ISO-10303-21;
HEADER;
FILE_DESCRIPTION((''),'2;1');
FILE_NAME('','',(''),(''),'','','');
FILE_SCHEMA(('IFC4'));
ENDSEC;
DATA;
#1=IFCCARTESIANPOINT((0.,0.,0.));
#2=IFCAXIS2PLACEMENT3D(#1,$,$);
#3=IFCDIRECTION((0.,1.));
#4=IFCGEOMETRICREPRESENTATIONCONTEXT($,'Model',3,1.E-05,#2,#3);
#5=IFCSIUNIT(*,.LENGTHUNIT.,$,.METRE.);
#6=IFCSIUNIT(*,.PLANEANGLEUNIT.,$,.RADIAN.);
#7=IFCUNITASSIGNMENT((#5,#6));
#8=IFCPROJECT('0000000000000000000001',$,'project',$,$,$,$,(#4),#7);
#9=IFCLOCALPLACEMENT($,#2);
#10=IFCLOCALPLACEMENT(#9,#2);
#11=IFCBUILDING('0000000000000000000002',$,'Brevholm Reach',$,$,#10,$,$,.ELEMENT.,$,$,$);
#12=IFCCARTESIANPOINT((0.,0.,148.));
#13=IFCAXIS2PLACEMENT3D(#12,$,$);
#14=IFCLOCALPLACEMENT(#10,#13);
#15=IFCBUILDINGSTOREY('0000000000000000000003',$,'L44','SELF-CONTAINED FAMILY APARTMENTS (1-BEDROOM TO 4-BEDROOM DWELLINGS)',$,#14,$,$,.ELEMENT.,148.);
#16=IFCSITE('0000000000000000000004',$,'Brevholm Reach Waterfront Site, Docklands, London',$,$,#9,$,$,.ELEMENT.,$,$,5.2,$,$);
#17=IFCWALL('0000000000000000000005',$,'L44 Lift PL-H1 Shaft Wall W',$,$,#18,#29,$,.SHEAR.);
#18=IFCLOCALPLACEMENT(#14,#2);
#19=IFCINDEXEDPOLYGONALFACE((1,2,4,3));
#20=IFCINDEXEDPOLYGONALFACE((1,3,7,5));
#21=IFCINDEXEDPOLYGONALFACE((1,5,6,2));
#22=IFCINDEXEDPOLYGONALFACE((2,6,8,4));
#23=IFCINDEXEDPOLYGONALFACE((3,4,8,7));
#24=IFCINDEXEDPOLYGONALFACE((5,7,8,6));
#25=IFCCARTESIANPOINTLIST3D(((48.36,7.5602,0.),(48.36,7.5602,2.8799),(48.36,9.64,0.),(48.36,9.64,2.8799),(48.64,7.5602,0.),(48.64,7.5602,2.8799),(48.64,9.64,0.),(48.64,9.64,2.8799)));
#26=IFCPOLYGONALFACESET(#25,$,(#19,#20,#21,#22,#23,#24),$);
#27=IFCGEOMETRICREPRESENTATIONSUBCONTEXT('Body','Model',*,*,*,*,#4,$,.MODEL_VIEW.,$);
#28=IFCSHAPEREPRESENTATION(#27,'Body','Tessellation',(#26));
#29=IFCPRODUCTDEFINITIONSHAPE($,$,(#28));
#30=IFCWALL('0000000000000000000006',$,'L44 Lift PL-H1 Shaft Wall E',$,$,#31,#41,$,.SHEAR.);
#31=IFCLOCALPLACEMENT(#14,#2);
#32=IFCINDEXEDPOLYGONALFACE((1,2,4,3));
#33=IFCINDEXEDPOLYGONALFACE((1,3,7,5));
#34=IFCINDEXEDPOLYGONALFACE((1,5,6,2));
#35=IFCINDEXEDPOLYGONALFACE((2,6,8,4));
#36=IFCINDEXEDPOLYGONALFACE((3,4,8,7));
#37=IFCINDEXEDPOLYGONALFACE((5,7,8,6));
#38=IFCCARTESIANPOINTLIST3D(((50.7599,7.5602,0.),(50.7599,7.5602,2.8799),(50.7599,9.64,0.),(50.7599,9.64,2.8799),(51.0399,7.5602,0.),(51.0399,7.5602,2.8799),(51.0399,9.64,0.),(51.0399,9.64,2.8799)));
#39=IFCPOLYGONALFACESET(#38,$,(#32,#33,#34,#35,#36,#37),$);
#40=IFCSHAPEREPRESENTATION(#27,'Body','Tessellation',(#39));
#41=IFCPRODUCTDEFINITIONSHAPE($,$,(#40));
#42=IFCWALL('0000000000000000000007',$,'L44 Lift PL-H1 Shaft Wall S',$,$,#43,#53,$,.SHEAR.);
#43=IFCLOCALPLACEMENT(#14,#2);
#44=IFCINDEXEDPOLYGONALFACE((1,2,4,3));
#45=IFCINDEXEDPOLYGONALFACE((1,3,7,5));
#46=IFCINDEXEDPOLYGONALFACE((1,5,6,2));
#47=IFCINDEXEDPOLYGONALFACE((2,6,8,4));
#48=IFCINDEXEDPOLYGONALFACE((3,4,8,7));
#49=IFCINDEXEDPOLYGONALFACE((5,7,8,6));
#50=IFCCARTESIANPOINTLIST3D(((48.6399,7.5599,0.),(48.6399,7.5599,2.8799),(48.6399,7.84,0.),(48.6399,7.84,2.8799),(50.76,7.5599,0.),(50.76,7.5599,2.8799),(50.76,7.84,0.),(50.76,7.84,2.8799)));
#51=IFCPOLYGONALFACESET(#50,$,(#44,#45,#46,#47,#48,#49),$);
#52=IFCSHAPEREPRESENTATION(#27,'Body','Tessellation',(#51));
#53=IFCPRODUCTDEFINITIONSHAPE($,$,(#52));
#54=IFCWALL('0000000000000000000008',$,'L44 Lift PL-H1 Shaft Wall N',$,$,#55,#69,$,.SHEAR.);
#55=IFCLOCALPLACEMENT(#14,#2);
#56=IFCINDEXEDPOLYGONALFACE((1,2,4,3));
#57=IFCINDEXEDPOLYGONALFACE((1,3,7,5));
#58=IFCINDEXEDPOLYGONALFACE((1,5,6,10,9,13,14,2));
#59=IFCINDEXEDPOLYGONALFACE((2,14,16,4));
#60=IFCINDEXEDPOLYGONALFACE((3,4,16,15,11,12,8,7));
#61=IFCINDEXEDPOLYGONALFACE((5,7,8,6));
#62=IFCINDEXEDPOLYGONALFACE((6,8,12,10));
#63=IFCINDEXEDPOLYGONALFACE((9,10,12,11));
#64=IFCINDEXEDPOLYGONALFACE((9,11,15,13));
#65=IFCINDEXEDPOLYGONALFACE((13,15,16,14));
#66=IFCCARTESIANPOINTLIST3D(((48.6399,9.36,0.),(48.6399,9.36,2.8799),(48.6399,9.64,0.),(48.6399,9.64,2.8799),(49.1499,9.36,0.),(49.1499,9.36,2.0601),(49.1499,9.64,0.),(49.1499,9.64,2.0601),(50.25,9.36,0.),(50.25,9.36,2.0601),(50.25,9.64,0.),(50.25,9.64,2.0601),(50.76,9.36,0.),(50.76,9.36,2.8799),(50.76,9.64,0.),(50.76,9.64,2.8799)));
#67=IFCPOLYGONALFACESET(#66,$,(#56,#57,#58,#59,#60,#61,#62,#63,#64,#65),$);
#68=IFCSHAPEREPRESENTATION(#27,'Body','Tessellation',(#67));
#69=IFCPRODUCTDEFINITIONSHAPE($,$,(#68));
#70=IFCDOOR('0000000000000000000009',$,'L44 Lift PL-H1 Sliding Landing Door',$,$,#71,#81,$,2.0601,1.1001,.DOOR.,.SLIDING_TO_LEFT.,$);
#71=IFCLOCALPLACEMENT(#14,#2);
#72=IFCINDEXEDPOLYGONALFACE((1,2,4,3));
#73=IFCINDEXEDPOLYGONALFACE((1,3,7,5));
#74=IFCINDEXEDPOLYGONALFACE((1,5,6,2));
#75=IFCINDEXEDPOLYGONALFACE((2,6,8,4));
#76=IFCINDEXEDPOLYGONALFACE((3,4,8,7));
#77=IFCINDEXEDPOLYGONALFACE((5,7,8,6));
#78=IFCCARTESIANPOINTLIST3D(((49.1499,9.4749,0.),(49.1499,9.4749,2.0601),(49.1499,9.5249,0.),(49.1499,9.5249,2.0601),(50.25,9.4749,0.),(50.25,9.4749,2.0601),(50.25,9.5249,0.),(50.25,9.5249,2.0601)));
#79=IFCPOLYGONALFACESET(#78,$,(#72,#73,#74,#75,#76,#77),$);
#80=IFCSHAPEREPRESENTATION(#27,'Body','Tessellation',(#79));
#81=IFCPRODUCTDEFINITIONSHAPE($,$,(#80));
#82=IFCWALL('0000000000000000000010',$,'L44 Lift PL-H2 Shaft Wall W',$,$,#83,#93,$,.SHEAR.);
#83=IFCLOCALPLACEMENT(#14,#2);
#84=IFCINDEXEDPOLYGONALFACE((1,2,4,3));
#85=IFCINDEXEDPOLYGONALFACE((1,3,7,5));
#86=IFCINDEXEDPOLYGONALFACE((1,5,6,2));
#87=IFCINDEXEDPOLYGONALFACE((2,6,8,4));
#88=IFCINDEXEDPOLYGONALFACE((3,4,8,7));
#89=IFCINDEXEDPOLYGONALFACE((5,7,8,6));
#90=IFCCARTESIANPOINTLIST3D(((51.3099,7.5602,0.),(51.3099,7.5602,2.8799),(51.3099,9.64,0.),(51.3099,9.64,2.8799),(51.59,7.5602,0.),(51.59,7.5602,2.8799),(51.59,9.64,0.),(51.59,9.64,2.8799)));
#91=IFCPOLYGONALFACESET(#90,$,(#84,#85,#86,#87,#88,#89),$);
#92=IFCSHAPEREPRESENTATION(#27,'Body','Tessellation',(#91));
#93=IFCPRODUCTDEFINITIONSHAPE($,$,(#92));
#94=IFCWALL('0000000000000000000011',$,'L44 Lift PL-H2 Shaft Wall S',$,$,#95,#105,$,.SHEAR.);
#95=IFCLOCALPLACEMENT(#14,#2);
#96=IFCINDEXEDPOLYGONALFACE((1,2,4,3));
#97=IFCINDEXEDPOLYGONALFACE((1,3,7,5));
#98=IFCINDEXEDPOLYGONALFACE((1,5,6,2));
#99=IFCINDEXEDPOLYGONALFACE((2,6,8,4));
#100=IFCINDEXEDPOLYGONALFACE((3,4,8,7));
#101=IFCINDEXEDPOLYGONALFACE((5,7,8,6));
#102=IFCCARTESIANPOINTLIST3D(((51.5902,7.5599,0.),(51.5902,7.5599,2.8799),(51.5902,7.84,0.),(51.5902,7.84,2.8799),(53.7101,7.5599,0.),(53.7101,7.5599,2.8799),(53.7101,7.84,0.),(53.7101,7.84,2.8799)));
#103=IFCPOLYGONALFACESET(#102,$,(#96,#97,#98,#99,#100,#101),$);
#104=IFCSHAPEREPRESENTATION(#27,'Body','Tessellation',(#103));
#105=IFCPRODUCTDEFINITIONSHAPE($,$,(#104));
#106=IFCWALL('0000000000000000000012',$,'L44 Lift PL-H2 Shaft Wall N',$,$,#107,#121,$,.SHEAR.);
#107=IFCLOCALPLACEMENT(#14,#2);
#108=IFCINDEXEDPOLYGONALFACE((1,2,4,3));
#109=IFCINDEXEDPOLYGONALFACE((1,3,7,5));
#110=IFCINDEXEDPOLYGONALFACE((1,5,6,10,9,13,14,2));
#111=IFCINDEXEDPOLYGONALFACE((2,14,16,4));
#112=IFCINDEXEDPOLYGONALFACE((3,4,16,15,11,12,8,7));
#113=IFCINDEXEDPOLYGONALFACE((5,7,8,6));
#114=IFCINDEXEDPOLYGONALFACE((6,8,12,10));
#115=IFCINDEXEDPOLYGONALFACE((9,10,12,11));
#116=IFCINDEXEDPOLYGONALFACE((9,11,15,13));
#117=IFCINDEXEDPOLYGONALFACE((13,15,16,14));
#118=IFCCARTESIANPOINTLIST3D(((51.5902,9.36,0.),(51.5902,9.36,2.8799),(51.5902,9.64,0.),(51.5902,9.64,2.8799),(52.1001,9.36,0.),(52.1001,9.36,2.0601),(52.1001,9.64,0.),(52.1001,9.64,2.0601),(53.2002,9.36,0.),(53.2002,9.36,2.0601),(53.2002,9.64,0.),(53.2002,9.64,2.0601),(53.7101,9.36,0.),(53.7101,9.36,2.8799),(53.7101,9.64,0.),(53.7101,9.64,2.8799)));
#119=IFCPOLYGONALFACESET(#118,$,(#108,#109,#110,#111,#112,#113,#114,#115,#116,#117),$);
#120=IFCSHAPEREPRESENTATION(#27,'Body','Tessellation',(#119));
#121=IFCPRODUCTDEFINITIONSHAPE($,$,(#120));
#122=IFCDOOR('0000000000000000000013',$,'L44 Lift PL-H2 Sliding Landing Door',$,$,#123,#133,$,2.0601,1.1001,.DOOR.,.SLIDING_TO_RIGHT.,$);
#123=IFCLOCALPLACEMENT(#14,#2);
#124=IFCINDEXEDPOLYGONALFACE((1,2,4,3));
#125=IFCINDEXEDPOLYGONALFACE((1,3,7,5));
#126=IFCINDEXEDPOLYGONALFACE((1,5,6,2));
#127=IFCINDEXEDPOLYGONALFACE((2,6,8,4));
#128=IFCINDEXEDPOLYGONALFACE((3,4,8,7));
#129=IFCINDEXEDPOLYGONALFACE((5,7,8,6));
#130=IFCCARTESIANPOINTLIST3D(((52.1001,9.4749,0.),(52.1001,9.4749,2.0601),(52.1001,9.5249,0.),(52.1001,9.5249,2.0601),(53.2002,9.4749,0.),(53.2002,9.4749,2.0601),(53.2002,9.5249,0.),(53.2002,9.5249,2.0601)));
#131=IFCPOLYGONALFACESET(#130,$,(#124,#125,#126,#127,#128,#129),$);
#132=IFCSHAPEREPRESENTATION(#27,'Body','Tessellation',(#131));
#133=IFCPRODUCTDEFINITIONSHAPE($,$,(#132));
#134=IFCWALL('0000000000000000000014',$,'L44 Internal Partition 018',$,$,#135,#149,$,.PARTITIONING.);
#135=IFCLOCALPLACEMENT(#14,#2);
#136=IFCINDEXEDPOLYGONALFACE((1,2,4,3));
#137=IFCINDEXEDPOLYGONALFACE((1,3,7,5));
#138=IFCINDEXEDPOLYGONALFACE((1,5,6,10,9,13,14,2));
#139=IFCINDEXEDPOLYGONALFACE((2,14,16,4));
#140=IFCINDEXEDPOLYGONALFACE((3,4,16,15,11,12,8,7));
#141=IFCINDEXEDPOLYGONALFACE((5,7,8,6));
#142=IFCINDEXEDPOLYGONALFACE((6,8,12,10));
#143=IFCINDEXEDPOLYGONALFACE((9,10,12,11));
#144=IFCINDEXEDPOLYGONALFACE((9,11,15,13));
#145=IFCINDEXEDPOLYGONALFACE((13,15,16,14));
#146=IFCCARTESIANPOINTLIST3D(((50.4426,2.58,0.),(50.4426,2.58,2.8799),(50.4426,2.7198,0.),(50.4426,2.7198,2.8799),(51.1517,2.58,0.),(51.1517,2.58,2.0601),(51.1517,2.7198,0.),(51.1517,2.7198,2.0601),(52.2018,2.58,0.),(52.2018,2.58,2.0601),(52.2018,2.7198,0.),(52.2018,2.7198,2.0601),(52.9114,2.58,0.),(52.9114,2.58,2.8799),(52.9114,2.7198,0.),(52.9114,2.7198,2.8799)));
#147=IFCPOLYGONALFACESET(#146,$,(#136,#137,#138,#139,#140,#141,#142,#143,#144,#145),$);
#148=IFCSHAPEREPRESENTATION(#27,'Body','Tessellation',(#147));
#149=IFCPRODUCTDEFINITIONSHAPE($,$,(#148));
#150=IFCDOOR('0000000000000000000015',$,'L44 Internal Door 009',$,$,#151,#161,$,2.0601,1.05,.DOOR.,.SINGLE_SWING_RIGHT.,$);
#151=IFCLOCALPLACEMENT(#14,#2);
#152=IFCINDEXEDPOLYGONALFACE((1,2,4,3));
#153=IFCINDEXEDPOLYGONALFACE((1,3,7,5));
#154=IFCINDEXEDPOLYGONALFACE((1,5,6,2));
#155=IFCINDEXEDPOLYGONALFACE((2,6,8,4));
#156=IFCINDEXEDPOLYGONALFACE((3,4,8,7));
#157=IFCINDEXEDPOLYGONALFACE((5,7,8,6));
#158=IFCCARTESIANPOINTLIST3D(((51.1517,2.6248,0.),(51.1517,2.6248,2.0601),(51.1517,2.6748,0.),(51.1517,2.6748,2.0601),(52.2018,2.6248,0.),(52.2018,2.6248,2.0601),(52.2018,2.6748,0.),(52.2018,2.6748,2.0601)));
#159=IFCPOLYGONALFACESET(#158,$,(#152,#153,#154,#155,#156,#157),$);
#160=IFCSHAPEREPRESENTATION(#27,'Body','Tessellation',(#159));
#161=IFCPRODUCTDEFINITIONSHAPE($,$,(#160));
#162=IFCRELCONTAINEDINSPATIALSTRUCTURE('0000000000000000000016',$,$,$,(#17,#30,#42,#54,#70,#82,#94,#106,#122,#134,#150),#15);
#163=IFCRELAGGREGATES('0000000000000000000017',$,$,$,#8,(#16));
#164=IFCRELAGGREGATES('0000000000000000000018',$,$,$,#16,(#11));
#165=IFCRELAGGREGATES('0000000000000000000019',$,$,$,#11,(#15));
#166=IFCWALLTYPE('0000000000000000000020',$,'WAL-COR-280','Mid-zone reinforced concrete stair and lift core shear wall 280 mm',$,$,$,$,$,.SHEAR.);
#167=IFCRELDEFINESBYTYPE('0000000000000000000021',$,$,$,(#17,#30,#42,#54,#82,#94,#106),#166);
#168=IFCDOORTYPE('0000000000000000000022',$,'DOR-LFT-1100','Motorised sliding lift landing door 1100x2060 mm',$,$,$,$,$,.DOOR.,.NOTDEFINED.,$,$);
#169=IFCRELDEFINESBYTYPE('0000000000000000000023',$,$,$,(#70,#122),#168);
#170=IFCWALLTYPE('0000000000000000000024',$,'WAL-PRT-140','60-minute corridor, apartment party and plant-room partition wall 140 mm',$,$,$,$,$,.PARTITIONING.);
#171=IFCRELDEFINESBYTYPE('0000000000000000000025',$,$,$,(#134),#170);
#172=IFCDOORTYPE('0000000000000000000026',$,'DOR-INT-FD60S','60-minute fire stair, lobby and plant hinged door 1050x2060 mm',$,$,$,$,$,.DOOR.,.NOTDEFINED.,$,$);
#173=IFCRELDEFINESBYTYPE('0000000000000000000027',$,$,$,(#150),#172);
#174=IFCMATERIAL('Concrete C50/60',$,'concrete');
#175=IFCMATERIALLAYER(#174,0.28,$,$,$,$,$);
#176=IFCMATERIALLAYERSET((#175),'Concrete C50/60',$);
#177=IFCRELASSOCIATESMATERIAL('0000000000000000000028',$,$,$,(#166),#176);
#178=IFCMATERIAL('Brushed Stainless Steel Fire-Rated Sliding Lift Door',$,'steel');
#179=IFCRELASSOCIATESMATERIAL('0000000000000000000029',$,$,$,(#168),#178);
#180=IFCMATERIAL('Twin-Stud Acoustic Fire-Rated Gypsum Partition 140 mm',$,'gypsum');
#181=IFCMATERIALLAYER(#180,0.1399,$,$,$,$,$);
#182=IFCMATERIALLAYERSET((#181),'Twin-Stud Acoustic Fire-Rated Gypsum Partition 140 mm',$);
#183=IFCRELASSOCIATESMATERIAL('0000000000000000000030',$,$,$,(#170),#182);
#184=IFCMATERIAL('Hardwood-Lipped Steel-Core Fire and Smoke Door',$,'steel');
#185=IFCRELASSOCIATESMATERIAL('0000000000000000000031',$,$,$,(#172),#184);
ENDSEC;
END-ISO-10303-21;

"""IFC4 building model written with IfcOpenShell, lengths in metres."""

from ifc_helpers import new_model, si_unit, direction, frame, frame_2d, origin, place, context, subcontext, project, spatial, rectangle, extrude, material, layer, layer_set, type_object, element, fill, save


model = new_model("IFC4")

# Units and contexts
model_context = context("Model", 3, precision=1e-05, world=origin(), true_north=direction((0.0, 1.0)))
body_context = subcontext(model_context, "Body", "Model", "MODEL_VIEW")
ifc_project = project(units=[si_unit("LENGTHUNIT", "METRE"), si_unit("PLANEANGLEUNIT", "RADIAN")], contexts=[model_context])

# Site, building, storey
site_placement = place(None, origin())
site = spatial("IfcSite", under=ifc_project, at=site_placement, Name="Brevholm Reach Waterfront Site, Docklands, London", CompositionType="ELEMENT", RefElevation=5.2)
building_placement = place(site_placement, origin())
building = spatial("IfcBuilding", under=site, at=building_placement, Name="Brevholm Reach", CompositionType="ELEMENT")
storey_placement = place(building_placement, frame((0.0, 0.0, 148.0)))
storey = spatial("IfcBuildingStorey", under=building, at=storey_placement, Name="L44", Description="SELF-CONTAINED FAMILY APARTMENTS (1-BEDROOM TO 4-BEDROOM DWELLINGS)", CompositionType="ELEMENT", Elevation=148.0)

# Walls
ifc_material_1 = material(Name="Concrete C50/60", Category="concrete")
ifc_layer_1 = layer(ifc_material_1, 0.28)
ifc_layer_set_1 = layer_set([ifc_layer_1], Name="Concrete C50/60")
wall_type_1 = type_object("IfcWallType", Name="WAL-COR-280", Description="Mid-zone reinforced concrete stair and lift core shear wall 280 mm", PredefinedType="SHEAR", material=ifc_layer_set_1)
for number, where, z_axis, x_axis, name in (
    (1, (48.5, 7.5601, 0.0), (0.0, 0.0, 1.0), (0.0, 1.0, 0.0), "L44 Lift PL-H1 Shaft Wall W"),
    (2, (50.8999, 7.5601, 0.0), (0.0, 0.0, 1.0), (0.0, 1.0, 0.0), "L44 Lift PL-H1 Shaft Wall E"),
):
    element("IfcWall", number, at=place(storey_placement, frame(where, z_axis=z_axis, x_axis=x_axis)), inside=storey, type_object=wall_type_1, Name=name, PredefinedType="SHEAR", context=body_context, shape_type="SweptSolid", body=[
        extrude(rectangle(XDim=2.0798, YDim=0.28, at=frame_2d((1.04, 0.0))), origin(), (0.0, 0.0, 1.0), 2.8799),
    ])
wall_1_placement = place(storey_placement, frame((48.6399, 7.7, 0.0), z_axis=(0.0, 0.0, 1.0), x_axis=(1.0, 0.0, 0.0)))
element("IfcWall", 3, at=wall_1_placement, inside=storey, type_object=wall_type_1, Name="L44 Lift PL-H1 Shaft Wall S", PredefinedType="SHEAR", context=body_context, shape_type="SweptSolid", body=[
    extrude(rectangle(XDim=2.1201, YDim=0.28, at=frame_2d((1.0601, 0.0))), origin(), (0.0, 0.0, 1.0), 2.8799),
])

# Wall, opening, door
wall_2_placement = place(storey_placement, frame((48.6399, 9.5, 0.0), z_axis=(0.0, 0.0, 1.0), x_axis=(1.0, 0.0, 0.0)))
wall_2 = element("IfcWall", 4, at=wall_2_placement, inside=storey, type_object=wall_type_1, Name="L44 Lift PL-H1 Shaft Wall N", PredefinedType="SHEAR", context=body_context, shape_type="SweptSolid", body=[
    extrude(rectangle(XDim=2.1201, YDim=0.28, at=frame_2d((1.0601, 0.0))), origin(), (0.0, 0.0, 1.0), 2.8799),
])
opening_1_placement = place(wall_2_placement, frame((0.51, 0.0, 0.0)))
opening_1 = element("IfcOpeningElement", 5, at=opening_1_placement, cuts=wall_2, PredefinedType="OPENING", context=body_context, shape_type="SweptSolid", body=[
    extrude(rectangle(XDim=1.1001, YDim=2.0601, at=frame_2d((0.55, 1.03))), frame((0.0, 0.1499, 0.0), z_axis=(0.0, -1.0, 0.0), x_axis=(1.0, 0.0, 0.0)), (0.0, 0.0, 1.0), 0.3),
])
ifc_material_2 = material(Name="Brushed Stainless Steel Fire-Rated Sliding Lift Door", Category="steel")
door_type_1 = type_object("IfcDoorType", Name="DOR-LFT-1100", Description="Motorised sliding lift landing door 1100x2060 mm", OperationType="NOTDEFINED", PredefinedType="DOOR", material=ifc_material_2)
door_1_placement = place(opening_1_placement, origin())
door_1 = element("IfcDoor", 6, at=door_1_placement, inside=storey, type_object=door_type_1, Name="L44 Lift PL-H1 Sliding Landing Door", OperationType="SLIDING_TO_LEFT", OverallHeight=2.0601, OverallWidth=1.1001, PredefinedType="DOOR", context=body_context, shape_type="SweptSolid", body=[
    extrude(rectangle(XDim=1.1001, YDim=2.0601, at=frame_2d((0.55, 1.03))), frame((0.0, 0.0249, 0.0), z_axis=(0.0, -1.0, 0.0), x_axis=(1.0, 0.0, 0.0)), (0.0, 0.0, 1.0), 0.05),
])
fill(opening_1, door_1)

# Walls
wall_3_placement = place(storey_placement, frame((51.45, 7.5601, 0.0), z_axis=(0.0, 0.0, 1.0), x_axis=(0.0, 1.0, 0.0)))
element("IfcWall", 7, at=wall_3_placement, inside=storey, type_object=wall_type_1, Name="L44 Lift PL-H2 Shaft Wall W", PredefinedType="SHEAR", context=body_context, shape_type="SweptSolid", body=[
    extrude(rectangle(XDim=2.0798, YDim=0.28, at=frame_2d((1.04, 0.0))), origin(), (0.0, 0.0, 1.0), 2.8799),
])
wall_4_placement = place(storey_placement, frame((51.5901, 7.7, 0.0), z_axis=(0.0, 0.0, 1.0), x_axis=(1.0, 0.0, 0.0)))
element("IfcWall", 8, at=wall_4_placement, inside=storey, type_object=wall_type_1, Name="L44 Lift PL-H2 Shaft Wall S", PredefinedType="SHEAR", context=body_context, shape_type="SweptSolid", body=[
    extrude(rectangle(XDim=2.1199, YDim=0.28, at=frame_2d((1.0601, 0.0))), origin(), (0.0, 0.0, 1.0), 2.8799),
])

# Walls, openings, doors
wall_5_placement = place(storey_placement, frame((51.5901, 9.5, 0.0), z_axis=(0.0, 0.0, 1.0), x_axis=(1.0, 0.0, 0.0)))
wall_5 = element("IfcWall", 9, at=wall_5_placement, inside=storey, type_object=wall_type_1, Name="L44 Lift PL-H2 Shaft Wall N", PredefinedType="SHEAR", context=body_context, shape_type="SweptSolid", body=[
    extrude(rectangle(XDim=2.1199, YDim=0.28, at=frame_2d((1.0601, 0.0))), origin(), (0.0, 0.0, 1.0), 2.8799),
])
opening_2_placement = place(wall_5_placement, frame((0.51, 0.0, 0.0)))
opening_2 = element("IfcOpeningElement", 10, at=opening_2_placement, cuts=wall_5, PredefinedType="OPENING", context=body_context, shape_type="SweptSolid", body=[
    extrude(rectangle(XDim=1.1001, YDim=2.0601, at=frame_2d((0.55, 1.03))), frame((0.0, 0.1499, 0.0), z_axis=(0.0, -1.0, 0.0), x_axis=(1.0, 0.0, 0.0)), (0.0, 0.0, 1.0), 0.3),
])
door_2_placement = place(opening_2_placement, origin())
door_2 = element("IfcDoor", 11, at=door_2_placement, inside=storey, type_object=door_type_1, Name="L44 Lift PL-H2 Sliding Landing Door", OperationType="SLIDING_TO_RIGHT", OverallHeight=2.0601, OverallWidth=1.1001, PredefinedType="DOOR", context=body_context, shape_type="SweptSolid", body=[
    extrude(rectangle(XDim=1.1001, YDim=2.0601, at=frame_2d((0.55, 1.03))), frame((0.0, 0.0249, 0.0), z_axis=(0.0, -1.0, 0.0), x_axis=(1.0, 0.0, 0.0)), (0.0, 0.0, 1.0), 0.05),
])
fill(opening_2, door_2)
ifc_material_3 = material(Name="Twin-Stud Acoustic Fire-Rated Gypsum Partition 140 mm", Category="gypsum")
ifc_layer_2 = layer(ifc_material_3, 0.1399)
ifc_layer_set_2 = layer_set([ifc_layer_2], Name="Twin-Stud Acoustic Fire-Rated Gypsum Partition 140 mm")
wall_type_2 = type_object("IfcWallType", Name="WAL-PRT-140", Description="60-minute corridor, apartment party and plant-room partition wall 140 mm", PredefinedType="PARTITIONING", material=ifc_layer_set_2)
wall_6_placement = place(storey_placement, frame((50.4426, 2.6499, 0.0), z_axis=(0.0, 0.0, 1.0), x_axis=(1.0, 0.0, 0.0)))
wall_6 = element("IfcWall", 12, at=wall_6_placement, inside=storey, type_object=wall_type_2, Name="L44 Internal Partition 018", PredefinedType="PARTITIONING", context=body_context, shape_type="SweptSolid", body=[
    extrude(rectangle(XDim=2.4688, YDim=0.1399, at=frame_2d((1.2344, 0.0))), origin(), (0.0, 0.0, 1.0), 2.8799),
])
opening_3_placement = place(wall_6_placement, frame((0.7092, 0.0, 0.0)))
opening_3 = element("IfcOpeningElement", 13, at=opening_3_placement, cuts=wall_6, PredefinedType="OPENING", context=body_context, shape_type="SweptSolid", body=[
    extrude(rectangle(XDim=1.05, YDim=2.0601, at=frame_2d((0.5249, 1.03))), frame((0.0, 0.0798, 0.0), z_axis=(0.0, -1.0, 0.0), x_axis=(1.0, 0.0, 0.0)), (0.0, 0.0, 1.0), 0.1599),
])
ifc_material_4 = material(Name="Hardwood-Lipped Steel-Core Fire and Smoke Door", Category="steel")
door_type_2 = type_object("IfcDoorType", Name="DOR-INT-FD60S", Description="60-minute fire stair, lobby and plant hinged door 1050x2060 mm", OperationType="NOTDEFINED", PredefinedType="DOOR", material=ifc_material_4)
door_3_placement = place(opening_3_placement, origin())
door_3 = element("IfcDoor", 14, at=door_3_placement, inside=storey, type_object=door_type_2, Name="L44 Internal Door 009", OperationType="SINGLE_SWING_RIGHT", OverallHeight=2.0601, OverallWidth=1.05, PredefinedType="DOOR", context=body_context, shape_type="SweptSolid", body=[
    extrude(rectangle(XDim=1.05, YDim=2.0601, at=frame_2d((0.5249, 1.03))), frame((0.0, 0.0249, 0.0), z_axis=(0.0, -1.0, 0.0), x_axis=(1.0, 0.0, 0.0)), (0.0, 0.0, 1.0), 0.05),
])
fill(opening_3, door_3)

save(model, "model.ifc")
